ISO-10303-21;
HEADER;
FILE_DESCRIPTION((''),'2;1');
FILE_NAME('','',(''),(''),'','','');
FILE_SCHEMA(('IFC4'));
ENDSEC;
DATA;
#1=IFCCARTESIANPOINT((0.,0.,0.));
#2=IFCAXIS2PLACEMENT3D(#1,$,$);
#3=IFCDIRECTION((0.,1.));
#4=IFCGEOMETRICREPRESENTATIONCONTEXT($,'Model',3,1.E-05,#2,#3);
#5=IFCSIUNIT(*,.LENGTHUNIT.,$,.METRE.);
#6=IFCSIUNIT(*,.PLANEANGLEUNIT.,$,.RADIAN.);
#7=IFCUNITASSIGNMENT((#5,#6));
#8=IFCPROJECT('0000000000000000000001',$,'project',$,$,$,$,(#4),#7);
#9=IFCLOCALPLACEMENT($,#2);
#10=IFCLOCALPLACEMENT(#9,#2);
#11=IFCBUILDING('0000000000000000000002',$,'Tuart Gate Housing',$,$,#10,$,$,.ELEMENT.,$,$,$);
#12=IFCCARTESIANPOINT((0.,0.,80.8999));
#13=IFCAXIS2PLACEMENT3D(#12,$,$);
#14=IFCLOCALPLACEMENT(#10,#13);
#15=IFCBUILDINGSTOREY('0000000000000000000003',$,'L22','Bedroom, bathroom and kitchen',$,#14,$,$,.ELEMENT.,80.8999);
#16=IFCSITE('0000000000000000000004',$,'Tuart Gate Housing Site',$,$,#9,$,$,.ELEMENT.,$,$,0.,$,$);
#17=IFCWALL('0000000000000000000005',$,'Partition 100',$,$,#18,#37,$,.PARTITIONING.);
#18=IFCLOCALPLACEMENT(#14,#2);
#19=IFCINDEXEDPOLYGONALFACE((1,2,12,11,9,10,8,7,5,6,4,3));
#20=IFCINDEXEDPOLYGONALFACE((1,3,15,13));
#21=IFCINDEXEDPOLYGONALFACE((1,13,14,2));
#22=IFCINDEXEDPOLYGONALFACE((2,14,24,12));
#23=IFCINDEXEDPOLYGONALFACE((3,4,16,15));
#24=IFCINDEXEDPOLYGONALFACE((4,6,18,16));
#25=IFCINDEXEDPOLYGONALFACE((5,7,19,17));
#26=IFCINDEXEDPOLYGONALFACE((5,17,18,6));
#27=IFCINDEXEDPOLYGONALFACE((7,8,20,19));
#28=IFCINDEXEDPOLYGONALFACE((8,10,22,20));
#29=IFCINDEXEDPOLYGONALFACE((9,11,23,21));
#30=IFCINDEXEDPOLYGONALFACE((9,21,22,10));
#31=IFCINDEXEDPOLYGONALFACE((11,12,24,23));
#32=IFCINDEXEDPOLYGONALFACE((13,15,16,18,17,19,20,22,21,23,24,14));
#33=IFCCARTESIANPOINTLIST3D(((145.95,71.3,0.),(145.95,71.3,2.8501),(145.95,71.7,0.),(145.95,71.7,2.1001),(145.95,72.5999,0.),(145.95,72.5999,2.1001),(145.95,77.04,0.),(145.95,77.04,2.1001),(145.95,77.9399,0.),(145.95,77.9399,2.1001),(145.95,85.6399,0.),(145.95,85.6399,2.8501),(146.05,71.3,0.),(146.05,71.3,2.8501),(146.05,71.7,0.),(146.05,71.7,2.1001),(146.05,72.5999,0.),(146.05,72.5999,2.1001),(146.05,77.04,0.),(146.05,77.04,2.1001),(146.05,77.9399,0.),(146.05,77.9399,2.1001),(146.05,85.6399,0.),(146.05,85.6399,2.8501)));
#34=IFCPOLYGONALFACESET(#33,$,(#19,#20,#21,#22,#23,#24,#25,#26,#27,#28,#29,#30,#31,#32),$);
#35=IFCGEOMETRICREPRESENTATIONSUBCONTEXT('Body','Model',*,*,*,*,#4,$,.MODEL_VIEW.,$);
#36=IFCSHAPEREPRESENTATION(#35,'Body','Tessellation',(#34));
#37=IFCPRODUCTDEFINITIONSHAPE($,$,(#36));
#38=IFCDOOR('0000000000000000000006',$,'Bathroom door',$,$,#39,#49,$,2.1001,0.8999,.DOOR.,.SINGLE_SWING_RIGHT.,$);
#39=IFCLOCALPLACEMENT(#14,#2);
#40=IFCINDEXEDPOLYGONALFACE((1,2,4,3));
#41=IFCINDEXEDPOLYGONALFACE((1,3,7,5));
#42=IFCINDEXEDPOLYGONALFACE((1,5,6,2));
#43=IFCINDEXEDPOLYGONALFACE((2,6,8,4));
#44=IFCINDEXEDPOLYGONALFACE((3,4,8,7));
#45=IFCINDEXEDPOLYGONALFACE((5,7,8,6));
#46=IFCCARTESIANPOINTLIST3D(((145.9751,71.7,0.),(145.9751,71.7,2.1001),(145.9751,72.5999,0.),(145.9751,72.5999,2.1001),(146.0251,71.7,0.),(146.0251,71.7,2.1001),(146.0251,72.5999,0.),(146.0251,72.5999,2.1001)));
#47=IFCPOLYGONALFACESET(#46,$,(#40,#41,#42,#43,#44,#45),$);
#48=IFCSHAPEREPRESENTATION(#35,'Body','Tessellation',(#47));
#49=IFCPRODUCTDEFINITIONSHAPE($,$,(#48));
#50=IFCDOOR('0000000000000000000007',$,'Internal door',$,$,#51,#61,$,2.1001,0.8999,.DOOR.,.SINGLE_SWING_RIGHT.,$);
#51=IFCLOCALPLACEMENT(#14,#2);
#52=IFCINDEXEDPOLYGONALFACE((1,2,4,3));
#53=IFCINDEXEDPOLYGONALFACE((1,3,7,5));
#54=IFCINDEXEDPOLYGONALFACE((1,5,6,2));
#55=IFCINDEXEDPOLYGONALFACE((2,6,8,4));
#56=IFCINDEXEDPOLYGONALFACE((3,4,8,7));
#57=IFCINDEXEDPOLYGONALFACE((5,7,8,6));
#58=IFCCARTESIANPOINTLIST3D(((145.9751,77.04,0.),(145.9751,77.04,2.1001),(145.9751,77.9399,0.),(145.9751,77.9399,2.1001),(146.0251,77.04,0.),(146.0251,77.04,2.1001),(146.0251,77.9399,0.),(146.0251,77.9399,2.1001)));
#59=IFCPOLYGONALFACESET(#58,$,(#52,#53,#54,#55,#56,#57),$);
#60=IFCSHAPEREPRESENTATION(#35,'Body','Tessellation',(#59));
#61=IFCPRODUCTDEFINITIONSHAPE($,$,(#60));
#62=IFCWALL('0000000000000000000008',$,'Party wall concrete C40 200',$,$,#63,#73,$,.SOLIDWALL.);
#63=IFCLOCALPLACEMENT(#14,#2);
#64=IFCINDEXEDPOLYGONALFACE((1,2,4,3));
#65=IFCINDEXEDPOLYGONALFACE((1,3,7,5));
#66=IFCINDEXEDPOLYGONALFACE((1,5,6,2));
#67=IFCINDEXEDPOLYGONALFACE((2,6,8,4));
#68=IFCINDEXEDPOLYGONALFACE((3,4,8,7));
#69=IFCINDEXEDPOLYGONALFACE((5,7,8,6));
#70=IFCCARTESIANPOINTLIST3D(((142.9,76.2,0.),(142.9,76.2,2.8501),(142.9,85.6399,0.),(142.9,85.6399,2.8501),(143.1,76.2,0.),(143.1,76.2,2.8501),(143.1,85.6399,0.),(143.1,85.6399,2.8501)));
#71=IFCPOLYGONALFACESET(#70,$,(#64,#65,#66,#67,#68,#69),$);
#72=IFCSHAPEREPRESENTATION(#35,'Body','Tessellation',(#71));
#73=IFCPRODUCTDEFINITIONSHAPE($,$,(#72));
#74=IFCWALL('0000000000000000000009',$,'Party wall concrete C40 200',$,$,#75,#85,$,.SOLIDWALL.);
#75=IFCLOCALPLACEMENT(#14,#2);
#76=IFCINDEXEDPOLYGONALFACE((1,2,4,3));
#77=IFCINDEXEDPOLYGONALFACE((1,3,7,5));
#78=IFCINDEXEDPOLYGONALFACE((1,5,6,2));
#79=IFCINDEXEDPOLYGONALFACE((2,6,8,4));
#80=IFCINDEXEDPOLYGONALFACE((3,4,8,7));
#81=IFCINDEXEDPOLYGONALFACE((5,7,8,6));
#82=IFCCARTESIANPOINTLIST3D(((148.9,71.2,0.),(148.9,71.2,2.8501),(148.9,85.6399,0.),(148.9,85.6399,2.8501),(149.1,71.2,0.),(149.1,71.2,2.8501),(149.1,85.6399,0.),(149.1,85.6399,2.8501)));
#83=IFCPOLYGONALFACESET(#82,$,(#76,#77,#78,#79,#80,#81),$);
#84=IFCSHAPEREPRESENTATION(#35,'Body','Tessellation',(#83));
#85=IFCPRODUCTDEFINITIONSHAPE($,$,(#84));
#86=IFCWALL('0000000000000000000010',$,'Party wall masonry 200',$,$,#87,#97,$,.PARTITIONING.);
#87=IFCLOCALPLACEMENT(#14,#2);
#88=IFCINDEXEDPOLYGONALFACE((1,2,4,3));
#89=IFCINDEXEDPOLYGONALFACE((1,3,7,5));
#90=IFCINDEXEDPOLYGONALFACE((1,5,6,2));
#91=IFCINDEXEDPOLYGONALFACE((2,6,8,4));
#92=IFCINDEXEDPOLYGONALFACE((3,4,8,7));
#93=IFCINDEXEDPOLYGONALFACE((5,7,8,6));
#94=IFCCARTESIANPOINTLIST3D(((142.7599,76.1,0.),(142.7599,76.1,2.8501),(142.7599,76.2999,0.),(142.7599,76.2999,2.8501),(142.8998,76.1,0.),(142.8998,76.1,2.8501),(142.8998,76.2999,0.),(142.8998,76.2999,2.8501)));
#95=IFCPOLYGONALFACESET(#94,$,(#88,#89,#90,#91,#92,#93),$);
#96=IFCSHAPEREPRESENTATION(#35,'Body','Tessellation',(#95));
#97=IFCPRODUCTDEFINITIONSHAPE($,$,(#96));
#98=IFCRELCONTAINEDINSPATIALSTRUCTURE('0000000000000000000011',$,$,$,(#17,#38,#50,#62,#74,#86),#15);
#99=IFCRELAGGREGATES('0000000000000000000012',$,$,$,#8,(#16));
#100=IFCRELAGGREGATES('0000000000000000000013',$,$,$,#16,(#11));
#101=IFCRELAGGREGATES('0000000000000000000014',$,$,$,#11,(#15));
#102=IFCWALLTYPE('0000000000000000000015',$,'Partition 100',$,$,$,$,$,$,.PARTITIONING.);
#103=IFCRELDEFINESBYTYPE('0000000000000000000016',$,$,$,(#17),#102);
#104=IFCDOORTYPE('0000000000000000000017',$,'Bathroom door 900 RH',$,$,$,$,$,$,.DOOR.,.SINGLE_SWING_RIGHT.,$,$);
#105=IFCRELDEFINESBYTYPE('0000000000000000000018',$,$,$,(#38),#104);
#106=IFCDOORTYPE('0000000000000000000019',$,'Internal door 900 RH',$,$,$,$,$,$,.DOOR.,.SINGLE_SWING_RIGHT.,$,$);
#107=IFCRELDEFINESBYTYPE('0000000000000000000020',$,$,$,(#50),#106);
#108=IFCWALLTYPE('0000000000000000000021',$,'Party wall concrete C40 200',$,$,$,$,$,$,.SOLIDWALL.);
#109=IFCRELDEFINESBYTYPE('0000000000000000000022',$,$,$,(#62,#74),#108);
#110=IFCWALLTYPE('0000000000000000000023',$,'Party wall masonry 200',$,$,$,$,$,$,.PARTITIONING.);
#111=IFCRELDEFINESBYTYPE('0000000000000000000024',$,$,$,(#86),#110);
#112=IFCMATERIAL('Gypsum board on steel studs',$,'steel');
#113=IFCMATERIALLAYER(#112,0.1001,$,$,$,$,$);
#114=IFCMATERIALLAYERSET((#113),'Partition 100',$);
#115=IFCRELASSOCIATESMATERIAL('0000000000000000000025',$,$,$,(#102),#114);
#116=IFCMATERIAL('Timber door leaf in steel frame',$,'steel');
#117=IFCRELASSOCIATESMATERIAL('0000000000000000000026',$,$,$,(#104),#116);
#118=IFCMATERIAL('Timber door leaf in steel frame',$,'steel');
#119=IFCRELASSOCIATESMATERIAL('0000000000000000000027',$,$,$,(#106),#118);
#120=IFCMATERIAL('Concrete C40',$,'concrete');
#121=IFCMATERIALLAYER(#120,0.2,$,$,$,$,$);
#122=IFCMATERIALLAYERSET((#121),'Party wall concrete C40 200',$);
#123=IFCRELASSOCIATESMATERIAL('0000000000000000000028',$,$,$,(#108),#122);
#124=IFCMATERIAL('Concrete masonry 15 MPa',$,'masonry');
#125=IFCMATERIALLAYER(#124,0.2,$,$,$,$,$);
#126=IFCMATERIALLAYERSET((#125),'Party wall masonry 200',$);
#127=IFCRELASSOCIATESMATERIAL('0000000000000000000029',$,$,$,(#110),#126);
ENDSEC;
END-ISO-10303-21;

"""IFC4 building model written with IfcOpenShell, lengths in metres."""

from ifc_helpers import new_model, si_unit, direction, frame, frame_2d, origin, place, context, subcontext, project, spatial, rectangle, extrude, material, layer, layer_set, type_object, element, fill, save


model = new_model("IFC4")

# Units and contexts
model_context = context("Model", 3, precision=1e-05, world=origin(), true_north=direction((0.0, 1.0)))
body_context = subcontext(model_context, "Body", "Model", "MODEL_VIEW")
ifc_project = project(units=[si_unit("LENGTHUNIT", "METRE"), si_unit("PLANEANGLEUNIT", "RADIAN")], contexts=[model_context])

# Site, building, storey
site_placement = place(None, origin())
site = spatial("IfcSite", under=ifc_project, at=site_placement, Name="Tuart Gate Housing Site", CompositionType="ELEMENT", RefElevation=0.0)
building_placement = place(site_placement, origin())
building = spatial("IfcBuilding", under=site, at=building_placement, Name="Tuart Gate Housing", CompositionType="ELEMENT")
storey_placement = place(building_placement, frame((0.0, 0.0, 80.8999)))
storey = spatial("IfcBuildingStorey", under=building, at=storey_placement, Name="L22", Description="Bedroom, bathroom and kitchen", CompositionType="ELEMENT", Elevation=80.8999)

# Shared definitions
ifc_material_1 = material(Name="Gypsum board on steel studs", Category="steel")
ifc_layer_1 = layer(ifc_material_1, 0.1001)
ifc_layer_set_1 = layer_set([ifc_layer_1], Name="Partition 100")
wall_type_1 = type_object("IfcWallType", Name="Partition 100", PredefinedType="PARTITIONING", material=ifc_layer_set_1)

# Wall, openings, doors
wall_1_placement = place(storey_placement, frame((146.0, 71.3, 0.0), z_axis=(0.0, 0.0, 1.0), x_axis=(0.0, 1.0, 0.0)))
wall_1 = element("IfcWall", 1, at=wall_1_placement, inside=storey, type_object=wall_type_1, Name="Partition 100", PredefinedType="PARTITIONING", context=body_context, shape_type="SweptSolid", body=[
    extrude(rectangle(XDim=14.3398, YDim=0.1001, at=frame_2d((7.1699, 0.0))), origin(), (0.0, 0.0, 1.0), 2.8501),
])
opening_1_placement = place(wall_1_placement, frame((5.74, 0.0, 0.0)))
opening_1 = element("IfcOpeningElement", 2, at=opening_1_placement, cuts=wall_1, PredefinedType="OPENING", context=body_context, shape_type="SweptSolid", body=[
    extrude(rectangle(XDim=0.8999, YDim=2.1001, at=frame_2d((0.45, 1.05))), frame((0.0, 0.0601, 0.0), z_axis=(0.0, -1.0, 0.0), x_axis=(1.0, 0.0, 0.0)), (0.0, 0.0, 1.0), 0.1201),
])
opening_2_placement = place(wall_1_placement, frame((0.3999, 0.0, 0.0)))
opening_2 = element("IfcOpeningElement", 3, at=opening_2_placement, cuts=wall_1, PredefinedType="OPENING", context=body_context, shape_type="SweptSolid", body=[
    extrude(rectangle(XDim=0.8999, YDim=2.1001, at=frame_2d((0.45, 1.05))), frame((0.0, 0.0601, 0.0), z_axis=(0.0, -1.0, 0.0), x_axis=(1.0, 0.0, 0.0)), (0.0, 0.0, 1.0), 0.1201),
])
ifc_material_2 = material(Name="Timber door leaf in steel frame", Category="steel")
door_type_1 = type_object("IfcDoorType", Name="Bathroom door 900 RH", OperationType="SINGLE_SWING_RIGHT", PredefinedType="DOOR", material=ifc_material_2)
door_1_placement = place(opening_2_placement, frame((0.8999, 0.0, 0.0), z_axis=(0.0, 0.0, 1.0), x_axis=(-1.0, 0.0, 0.0)))
door_1 = element("IfcDoor", 4, at=door_1_placement, inside=storey, type_object=door_type_1, Name="Bathroom door", OperationType="SINGLE_SWING_RIGHT", OverallHeight=2.1001, OverallWidth=0.8999, PredefinedType="DOOR", context=body_context, shape_type="SweptSolid", body=[
    extrude(rectangle(XDim=0.8999, YDim=2.1001, at=frame_2d((0.45, 1.05))), frame((0.0, 0.0251, 0.0), z_axis=(0.0, -1.0, 0.0), x_axis=(1.0, 0.0, 0.0)), (0.0, 0.0, 1.0), 0.05),
])
fill(opening_2, door_1)
ifc_material_3 = material(Name="Timber door leaf in steel frame", Category="steel")
door_type_2 = type_object("IfcDoorType", Name="Internal door 900 RH", OperationType="SINGLE_SWING_RIGHT", PredefinedType="DOOR", material=ifc_material_3)
door_2_placement = place(opening_1_placement, frame((0.8999, 0.0, 0.0), z_axis=(0.0, 0.0, 1.0), x_axis=(-1.0, 0.0, 0.0)))
door_2 = element("IfcDoor", 5, at=door_2_placement, inside=storey, type_object=door_type_2, Name="Internal door", OperationType="SINGLE_SWING_RIGHT", OverallHeight=2.1001, OverallWidth=0.8999, PredefinedType="DOOR", context=body_context, shape_type="SweptSolid", body=[
    extrude(rectangle(XDim=0.8999, YDim=2.1001, at=frame_2d((0.45, 1.05))), frame((0.0, 0.0251, 0.0), z_axis=(0.0, -1.0, 0.0), x_axis=(1.0, 0.0, 0.0)), (0.0, 0.0, 1.0), 0.05),
])
fill(opening_1, door_2)

# Walls
ifc_material_4 = material(Name="Concrete C40", Category="concrete")
ifc_layer_2 = layer(ifc_material_4, 0.2)
ifc_layer_set_2 = layer_set([ifc_layer_2], Name="Party wall concrete C40 200")
wall_type_2 = type_object("IfcWallType", Name="Party wall concrete C40 200", PredefinedType="SOLIDWALL", material=ifc_layer_set_2)
wall_2_placement = place(storey_placement, frame((143.0, 76.2, 0.0), z_axis=(0.0, 0.0, 1.0), x_axis=(0.0, 1.0, 0.0)))
element("IfcWall", 6, at=wall_2_placement, inside=storey, type_object=wall_type_2, Name="Party wall concrete C40 200", PredefinedType="SOLIDWALL", context=body_context, shape_type="SweptSolid", body=[
    extrude(rectangle(XDim=9.4399, YDim=0.2, at=frame_2d((4.72, 0.0))), origin(), (0.0, 0.0, 1.0), 2.8501),
])
wall_3_placement = place(storey_placement, frame((149.0, 71.2, 0.0), z_axis=(0.0, 0.0, 1.0), x_axis=(0.0, 1.0, 0.0)))
element("IfcWall", 7, at=wall_3_placement, inside=storey, type_object=wall_type_2, Name="Party wall concrete C40 200", PredefinedType="SOLIDWALL", context=body_context, shape_type="SweptSolid", body=[
    extrude(rectangle(XDim=14.4399, YDim=0.2, at=frame_2d((7.22, 0.0))), origin(), (0.0, 0.0, 1.0), 2.8501),
])
ifc_material_5 = material(Name="Concrete masonry 15 MPa", Category="masonry")
ifc_layer_3 = layer(ifc_material_5, 0.2)
ifc_layer_set_3 = layer_set([ifc_layer_3], Name="Party wall masonry 200")
wall_type_3 = type_object("IfcWallType", Name="Party wall masonry 200", PredefinedType="PARTITIONING", material=ifc_layer_set_3)
wall_4_placement = place(storey_placement, frame((142.76, 76.2, 0.0), z_axis=(0.0, 0.0, 1.0), x_axis=(1.0, 0.0, 0.0)))
element("IfcWall", 8, at=wall_4_placement, inside=storey, type_object=wall_type_3, Name="Party wall masonry 200", PredefinedType="PARTITIONING", context=body_context, shape_type="SweptSolid", body=[
    extrude(rectangle(XDim=0.1399, YDim=0.2, at=frame_2d((0.0698, 0.0))), origin(), (0.0, 0.0, 1.0), 2.8501),
])

save(model, "model.ifc")
